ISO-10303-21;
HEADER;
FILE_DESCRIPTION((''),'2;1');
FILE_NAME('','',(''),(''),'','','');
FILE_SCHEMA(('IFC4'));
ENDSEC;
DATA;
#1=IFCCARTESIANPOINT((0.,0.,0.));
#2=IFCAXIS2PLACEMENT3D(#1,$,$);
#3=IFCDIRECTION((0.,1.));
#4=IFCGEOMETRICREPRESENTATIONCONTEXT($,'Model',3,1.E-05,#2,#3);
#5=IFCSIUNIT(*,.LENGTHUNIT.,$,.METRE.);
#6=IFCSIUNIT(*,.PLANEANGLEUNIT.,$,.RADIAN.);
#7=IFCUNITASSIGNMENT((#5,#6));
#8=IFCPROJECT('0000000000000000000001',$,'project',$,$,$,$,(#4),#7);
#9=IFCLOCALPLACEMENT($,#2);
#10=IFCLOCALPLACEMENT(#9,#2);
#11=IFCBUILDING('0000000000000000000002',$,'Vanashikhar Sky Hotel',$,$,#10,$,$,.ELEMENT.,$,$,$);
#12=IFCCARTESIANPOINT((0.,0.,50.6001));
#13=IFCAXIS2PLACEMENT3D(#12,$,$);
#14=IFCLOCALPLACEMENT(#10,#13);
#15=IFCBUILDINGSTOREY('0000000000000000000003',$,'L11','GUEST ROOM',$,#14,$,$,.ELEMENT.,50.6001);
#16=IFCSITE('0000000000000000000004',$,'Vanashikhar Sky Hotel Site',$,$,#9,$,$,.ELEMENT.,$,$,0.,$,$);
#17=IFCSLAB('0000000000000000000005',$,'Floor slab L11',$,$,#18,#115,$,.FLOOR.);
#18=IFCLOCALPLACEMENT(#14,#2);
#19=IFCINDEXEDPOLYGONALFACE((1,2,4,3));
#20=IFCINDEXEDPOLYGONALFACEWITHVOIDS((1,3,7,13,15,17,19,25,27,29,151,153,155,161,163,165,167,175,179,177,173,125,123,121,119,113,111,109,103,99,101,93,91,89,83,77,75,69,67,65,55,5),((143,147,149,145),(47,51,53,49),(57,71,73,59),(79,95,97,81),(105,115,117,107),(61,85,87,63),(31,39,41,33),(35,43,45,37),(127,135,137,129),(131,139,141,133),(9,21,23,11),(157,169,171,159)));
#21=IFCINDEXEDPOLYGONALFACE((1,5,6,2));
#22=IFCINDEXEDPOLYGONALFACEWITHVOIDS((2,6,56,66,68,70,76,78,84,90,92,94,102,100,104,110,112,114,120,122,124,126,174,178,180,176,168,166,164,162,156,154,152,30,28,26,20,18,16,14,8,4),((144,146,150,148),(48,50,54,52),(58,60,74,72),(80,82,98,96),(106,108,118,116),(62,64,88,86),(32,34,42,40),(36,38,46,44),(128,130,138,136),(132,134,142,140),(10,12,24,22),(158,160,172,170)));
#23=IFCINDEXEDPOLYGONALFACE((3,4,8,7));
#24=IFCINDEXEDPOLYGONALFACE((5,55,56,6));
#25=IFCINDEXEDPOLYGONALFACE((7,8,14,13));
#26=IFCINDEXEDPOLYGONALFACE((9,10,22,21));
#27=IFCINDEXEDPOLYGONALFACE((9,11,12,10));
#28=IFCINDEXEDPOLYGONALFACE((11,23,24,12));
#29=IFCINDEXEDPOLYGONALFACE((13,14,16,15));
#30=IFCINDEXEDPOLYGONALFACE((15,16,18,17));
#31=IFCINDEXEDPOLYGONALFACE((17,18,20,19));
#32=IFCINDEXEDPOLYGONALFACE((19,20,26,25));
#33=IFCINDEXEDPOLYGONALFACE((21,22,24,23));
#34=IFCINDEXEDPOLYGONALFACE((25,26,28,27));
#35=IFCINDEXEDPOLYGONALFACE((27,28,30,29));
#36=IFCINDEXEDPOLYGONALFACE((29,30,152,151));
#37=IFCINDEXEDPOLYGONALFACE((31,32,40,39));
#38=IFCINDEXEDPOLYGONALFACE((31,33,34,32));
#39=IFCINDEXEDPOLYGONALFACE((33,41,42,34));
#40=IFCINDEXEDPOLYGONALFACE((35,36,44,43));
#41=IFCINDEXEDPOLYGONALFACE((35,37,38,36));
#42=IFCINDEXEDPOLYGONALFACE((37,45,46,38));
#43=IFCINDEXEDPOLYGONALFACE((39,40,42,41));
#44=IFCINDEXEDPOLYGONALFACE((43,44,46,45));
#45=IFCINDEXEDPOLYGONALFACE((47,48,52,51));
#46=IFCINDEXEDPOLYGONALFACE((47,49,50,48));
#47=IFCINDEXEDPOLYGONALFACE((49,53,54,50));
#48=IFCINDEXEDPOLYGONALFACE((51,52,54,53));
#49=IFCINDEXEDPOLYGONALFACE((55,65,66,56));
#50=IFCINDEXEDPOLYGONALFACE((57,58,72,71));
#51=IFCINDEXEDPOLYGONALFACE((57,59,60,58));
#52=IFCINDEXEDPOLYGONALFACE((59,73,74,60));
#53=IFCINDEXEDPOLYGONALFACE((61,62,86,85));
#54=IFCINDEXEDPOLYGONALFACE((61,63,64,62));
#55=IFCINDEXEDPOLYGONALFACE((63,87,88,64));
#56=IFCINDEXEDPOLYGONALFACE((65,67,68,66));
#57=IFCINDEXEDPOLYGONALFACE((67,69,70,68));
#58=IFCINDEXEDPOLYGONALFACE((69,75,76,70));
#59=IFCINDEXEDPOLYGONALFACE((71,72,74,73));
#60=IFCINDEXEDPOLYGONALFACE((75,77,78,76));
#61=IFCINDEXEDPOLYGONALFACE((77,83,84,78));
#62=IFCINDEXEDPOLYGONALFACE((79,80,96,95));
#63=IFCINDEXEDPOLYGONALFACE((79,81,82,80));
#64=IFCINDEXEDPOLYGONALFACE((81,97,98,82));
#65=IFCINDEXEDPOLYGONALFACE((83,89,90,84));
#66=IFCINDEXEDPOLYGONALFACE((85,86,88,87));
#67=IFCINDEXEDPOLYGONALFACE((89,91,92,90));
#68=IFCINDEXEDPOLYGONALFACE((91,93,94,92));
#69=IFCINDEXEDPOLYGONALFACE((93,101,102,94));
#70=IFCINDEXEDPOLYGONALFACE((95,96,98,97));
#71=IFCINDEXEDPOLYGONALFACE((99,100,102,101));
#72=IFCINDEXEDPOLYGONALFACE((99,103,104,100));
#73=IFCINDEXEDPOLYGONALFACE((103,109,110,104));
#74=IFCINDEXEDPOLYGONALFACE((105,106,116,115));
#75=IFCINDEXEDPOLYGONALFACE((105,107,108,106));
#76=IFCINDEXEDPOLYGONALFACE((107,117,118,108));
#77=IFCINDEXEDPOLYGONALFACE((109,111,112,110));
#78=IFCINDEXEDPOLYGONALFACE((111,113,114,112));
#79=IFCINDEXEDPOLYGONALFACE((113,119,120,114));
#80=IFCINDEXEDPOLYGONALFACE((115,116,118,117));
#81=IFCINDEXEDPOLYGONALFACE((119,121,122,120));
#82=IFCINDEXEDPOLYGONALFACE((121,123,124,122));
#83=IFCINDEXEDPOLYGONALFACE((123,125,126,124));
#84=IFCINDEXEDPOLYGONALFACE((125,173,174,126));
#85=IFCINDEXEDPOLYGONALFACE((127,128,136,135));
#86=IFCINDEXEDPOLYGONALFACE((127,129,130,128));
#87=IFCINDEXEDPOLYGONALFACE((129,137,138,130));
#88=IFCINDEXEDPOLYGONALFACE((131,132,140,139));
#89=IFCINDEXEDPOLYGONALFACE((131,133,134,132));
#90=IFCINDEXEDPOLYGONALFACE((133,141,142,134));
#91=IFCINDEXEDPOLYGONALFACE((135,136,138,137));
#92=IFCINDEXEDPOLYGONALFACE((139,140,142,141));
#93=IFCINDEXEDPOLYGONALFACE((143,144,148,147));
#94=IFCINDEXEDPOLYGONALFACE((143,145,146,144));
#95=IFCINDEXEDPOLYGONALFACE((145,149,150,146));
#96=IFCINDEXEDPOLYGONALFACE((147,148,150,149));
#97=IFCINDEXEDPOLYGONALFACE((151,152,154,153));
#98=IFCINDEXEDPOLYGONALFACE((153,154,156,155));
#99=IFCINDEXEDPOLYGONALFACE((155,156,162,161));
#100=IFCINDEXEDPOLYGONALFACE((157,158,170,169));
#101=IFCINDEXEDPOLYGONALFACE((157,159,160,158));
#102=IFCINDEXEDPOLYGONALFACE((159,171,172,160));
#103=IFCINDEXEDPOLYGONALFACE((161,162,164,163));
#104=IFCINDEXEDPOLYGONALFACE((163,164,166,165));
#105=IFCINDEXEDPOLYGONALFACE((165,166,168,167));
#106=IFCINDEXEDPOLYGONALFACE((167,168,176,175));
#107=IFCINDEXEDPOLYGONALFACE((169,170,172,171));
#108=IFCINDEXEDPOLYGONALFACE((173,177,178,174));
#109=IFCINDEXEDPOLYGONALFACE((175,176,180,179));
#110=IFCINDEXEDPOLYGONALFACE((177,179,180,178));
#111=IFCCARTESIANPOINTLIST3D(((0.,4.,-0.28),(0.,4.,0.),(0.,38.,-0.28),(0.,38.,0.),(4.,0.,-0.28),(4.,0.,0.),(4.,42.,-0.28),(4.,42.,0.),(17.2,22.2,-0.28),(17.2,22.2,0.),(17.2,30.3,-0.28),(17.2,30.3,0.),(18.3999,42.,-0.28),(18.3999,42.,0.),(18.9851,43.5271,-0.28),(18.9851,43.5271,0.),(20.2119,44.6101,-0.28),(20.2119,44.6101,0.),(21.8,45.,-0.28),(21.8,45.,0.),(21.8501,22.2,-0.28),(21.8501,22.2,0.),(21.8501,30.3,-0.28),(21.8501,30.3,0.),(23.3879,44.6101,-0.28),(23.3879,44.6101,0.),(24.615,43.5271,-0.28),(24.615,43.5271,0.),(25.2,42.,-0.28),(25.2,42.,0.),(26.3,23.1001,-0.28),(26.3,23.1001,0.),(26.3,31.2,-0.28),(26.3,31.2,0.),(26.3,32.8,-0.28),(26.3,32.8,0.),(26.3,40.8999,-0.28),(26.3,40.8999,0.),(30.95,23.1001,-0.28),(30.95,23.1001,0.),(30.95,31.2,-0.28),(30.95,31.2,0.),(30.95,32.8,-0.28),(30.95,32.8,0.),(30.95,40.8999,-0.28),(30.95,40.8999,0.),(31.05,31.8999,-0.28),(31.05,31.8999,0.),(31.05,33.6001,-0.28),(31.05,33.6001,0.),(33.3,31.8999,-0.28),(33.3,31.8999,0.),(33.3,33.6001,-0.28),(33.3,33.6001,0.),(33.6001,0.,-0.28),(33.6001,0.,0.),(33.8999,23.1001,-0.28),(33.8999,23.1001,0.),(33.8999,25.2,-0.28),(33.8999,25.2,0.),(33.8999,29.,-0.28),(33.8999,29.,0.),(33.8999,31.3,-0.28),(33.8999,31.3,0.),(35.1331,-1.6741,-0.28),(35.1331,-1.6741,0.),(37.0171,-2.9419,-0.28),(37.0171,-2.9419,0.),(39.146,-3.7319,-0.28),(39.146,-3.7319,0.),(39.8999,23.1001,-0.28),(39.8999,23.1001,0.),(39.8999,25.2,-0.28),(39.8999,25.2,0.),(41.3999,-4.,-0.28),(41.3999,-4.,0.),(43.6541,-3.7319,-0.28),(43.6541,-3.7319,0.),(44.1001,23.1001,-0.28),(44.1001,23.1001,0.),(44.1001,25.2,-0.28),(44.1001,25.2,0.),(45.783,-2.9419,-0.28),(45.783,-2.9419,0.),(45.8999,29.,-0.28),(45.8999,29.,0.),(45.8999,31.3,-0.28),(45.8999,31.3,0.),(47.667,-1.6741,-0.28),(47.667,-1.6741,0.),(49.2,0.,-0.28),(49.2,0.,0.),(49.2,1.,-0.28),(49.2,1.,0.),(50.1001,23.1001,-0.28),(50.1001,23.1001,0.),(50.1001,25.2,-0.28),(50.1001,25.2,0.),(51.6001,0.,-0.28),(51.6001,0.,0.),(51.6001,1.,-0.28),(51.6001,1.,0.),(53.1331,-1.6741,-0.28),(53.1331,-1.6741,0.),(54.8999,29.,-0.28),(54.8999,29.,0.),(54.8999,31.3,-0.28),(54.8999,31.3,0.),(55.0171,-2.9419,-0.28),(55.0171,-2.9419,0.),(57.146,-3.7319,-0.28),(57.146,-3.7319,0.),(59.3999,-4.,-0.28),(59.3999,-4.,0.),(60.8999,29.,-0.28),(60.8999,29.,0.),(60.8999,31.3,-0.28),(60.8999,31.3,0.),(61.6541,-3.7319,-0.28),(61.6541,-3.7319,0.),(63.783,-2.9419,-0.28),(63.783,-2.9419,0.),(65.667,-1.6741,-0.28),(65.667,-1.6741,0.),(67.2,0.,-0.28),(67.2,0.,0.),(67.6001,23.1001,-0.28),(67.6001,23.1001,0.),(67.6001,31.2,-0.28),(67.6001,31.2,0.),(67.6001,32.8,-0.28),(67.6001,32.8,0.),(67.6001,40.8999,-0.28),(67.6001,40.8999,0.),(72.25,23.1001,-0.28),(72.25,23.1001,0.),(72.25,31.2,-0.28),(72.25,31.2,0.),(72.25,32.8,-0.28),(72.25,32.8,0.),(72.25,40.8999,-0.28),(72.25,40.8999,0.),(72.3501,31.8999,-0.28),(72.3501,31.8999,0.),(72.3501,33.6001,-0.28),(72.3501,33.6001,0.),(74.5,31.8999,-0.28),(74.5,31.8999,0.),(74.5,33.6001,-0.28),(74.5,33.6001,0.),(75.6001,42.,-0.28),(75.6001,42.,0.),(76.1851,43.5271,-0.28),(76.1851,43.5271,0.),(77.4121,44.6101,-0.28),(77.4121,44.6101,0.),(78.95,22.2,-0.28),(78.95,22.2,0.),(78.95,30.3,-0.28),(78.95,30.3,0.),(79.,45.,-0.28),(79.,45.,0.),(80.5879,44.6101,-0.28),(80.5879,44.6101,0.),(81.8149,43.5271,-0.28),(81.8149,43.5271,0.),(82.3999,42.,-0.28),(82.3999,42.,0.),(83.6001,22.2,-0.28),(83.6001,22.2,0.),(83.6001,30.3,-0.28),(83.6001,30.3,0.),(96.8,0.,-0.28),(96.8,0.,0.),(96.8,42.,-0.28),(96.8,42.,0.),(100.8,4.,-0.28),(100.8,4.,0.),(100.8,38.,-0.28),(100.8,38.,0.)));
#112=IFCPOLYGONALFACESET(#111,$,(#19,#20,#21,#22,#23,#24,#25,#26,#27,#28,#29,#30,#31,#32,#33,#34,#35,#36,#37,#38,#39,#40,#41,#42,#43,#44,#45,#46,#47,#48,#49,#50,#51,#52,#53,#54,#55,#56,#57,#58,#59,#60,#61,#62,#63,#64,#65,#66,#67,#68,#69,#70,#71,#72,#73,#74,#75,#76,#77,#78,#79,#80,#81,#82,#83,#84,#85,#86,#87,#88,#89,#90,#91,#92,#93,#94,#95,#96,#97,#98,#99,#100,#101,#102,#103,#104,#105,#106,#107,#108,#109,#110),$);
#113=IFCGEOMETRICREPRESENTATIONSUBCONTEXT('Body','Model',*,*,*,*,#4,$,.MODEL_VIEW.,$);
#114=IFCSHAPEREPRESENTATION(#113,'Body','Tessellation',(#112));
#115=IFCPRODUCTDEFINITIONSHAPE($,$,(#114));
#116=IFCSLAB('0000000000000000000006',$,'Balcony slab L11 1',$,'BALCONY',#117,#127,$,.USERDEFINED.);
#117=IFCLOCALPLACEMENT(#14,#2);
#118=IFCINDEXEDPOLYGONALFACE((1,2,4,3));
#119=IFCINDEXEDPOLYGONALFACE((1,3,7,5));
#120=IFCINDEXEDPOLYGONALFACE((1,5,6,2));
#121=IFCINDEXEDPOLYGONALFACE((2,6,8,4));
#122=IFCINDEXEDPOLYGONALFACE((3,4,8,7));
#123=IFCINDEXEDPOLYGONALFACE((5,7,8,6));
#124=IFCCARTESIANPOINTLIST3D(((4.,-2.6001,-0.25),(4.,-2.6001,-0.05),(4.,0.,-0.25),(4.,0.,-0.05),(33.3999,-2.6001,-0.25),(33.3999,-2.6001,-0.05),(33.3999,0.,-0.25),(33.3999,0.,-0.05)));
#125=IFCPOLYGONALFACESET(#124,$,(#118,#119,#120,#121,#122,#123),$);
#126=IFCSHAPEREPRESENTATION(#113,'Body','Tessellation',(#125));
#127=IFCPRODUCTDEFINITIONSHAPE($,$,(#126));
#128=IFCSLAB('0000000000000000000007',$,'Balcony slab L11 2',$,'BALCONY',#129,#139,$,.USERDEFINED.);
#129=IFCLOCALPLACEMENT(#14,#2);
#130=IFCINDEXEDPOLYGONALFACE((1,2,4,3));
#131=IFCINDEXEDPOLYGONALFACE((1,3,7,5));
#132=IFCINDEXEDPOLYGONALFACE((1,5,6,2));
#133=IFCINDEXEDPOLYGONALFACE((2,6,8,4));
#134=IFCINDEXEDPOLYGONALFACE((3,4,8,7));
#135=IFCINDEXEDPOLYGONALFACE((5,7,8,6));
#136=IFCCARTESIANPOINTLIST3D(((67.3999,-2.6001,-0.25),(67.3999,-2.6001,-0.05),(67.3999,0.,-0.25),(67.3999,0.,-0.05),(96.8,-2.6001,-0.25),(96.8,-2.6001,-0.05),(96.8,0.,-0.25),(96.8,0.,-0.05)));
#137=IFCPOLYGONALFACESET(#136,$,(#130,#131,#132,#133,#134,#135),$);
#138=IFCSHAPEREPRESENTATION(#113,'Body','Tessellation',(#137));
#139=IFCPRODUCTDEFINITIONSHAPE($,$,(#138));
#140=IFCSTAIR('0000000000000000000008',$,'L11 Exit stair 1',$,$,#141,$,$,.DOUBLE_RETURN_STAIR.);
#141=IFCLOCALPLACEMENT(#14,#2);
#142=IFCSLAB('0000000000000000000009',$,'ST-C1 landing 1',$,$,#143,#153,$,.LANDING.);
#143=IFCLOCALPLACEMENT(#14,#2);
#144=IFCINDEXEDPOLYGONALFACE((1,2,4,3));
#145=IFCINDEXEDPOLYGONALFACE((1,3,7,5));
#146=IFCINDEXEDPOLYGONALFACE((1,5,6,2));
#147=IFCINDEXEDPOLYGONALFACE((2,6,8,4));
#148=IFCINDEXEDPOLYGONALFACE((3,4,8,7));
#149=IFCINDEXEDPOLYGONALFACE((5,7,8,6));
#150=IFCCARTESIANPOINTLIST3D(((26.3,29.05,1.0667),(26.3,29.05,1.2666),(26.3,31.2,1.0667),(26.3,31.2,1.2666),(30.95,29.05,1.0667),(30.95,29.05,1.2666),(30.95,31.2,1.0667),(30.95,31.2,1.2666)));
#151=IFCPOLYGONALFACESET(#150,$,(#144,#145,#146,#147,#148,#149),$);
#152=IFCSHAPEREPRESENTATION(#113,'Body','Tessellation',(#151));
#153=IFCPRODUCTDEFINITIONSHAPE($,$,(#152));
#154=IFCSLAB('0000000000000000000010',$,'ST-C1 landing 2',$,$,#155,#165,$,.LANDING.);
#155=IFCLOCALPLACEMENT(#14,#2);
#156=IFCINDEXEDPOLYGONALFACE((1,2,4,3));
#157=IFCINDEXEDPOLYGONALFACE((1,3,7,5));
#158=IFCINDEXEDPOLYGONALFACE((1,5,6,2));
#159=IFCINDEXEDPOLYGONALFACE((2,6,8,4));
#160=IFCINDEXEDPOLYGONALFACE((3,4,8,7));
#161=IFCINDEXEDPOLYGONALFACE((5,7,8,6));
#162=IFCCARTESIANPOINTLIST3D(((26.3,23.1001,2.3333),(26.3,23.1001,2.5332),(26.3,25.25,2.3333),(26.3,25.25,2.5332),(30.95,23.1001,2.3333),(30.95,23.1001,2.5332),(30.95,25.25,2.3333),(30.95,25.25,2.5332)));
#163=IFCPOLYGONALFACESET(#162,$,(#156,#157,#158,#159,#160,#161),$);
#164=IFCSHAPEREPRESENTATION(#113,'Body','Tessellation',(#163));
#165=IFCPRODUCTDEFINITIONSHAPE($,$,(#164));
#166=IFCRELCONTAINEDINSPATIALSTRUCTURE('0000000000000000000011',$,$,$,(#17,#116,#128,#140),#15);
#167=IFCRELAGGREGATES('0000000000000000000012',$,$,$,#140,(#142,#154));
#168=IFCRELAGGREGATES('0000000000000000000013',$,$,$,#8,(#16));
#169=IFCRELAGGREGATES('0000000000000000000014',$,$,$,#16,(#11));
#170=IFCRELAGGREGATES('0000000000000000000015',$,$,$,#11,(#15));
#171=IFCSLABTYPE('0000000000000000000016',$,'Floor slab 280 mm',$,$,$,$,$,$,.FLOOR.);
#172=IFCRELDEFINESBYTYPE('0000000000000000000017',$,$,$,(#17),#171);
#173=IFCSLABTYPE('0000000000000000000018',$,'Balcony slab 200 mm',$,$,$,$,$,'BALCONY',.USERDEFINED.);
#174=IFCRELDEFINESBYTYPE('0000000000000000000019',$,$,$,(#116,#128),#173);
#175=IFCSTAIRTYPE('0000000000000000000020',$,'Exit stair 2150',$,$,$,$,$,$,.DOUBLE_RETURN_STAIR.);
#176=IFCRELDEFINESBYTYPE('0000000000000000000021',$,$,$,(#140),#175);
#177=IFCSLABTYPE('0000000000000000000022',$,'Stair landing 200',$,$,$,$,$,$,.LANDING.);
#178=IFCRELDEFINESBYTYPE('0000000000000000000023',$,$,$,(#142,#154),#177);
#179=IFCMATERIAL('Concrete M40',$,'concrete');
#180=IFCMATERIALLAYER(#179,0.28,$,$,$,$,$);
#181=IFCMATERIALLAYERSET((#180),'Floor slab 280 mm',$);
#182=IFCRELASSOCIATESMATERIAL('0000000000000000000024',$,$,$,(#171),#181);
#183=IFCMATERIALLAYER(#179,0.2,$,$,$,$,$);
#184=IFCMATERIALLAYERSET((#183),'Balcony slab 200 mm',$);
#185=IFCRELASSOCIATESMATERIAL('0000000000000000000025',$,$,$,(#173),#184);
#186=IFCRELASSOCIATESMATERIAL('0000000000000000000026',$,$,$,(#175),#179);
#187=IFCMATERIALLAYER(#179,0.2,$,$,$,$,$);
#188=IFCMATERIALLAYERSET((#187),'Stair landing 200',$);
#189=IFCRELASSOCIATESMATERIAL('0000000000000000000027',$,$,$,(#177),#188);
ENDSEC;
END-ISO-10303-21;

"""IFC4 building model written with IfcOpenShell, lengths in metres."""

from ifc_helpers import new_model, si_unit, direction, frame, origin, place, context, subcontext, project, spatial, polyline, outline, extrude, source, transform, mapped, material, layer, layer_set, type_object, element, aggregate, save


model = new_model("IFC4")

# Units and contexts
model_context = context("Model", 3, precision=1e-05, world=origin(), true_north=direction((0.0, 1.0)))
body_context = subcontext(model_context, "Body", "Model", "MODEL_VIEW")
ifc_project = project(units=[si_unit("LENGTHUNIT", "METRE"), si_unit("PLANEANGLEUNIT", "RADIAN")], contexts=[model_context])

# Site, building, storey
site_placement = place(None, origin())
site = spatial("IfcSite", under=ifc_project, at=site_placement, Name="Vanashikhar Sky Hotel Site", CompositionType="ELEMENT", RefElevation=0.0)
building_placement = place(site_placement, origin())
building = spatial("IfcBuilding", under=site, at=building_placement, Name="Vanashikhar Sky Hotel", CompositionType="ELEMENT")
storey_placement = place(building_placement, frame((0.0, 0.0, 50.6001)))
storey = spatial("IfcBuildingStorey", under=building, at=storey_placement, Name="L11", Description="GUEST ROOM", CompositionType="ELEMENT", Elevation=50.6001)

# Slabs
ifc_material_1 = material(Name="Concrete M40", Category="concrete")
ifc_layer_1 = layer(ifc_material_1, 0.28)
ifc_layer_set_1 = layer_set([ifc_layer_1], Name="Floor slab 280 mm")
slab_type_1 = type_object("IfcSlabType", Name="Floor slab 280 mm", PredefinedType="FLOOR", material=ifc_layer_set_1)
shared_shape_1 = source(origin(), body_context, "Body", "SweptSolid", [
    extrude(outline(polyline([(49.2, 0.0), (49.2, 1.0), (51.6001, 1.0), (51.6001, 0.0), (53.1331, -1.6741), (55.0171, -2.9419), (57.146, -3.7319), (59.3999, -4.0), (61.6541, -3.7319), (63.783, -2.9419), (65.667, -1.6741), (67.2, 0.0), (96.8, 0.0), (100.8, 4.0), (100.8, 38.0), (96.8, 42.0), (82.3999, 42.0), (81.8149, 43.5271), (80.5879, 44.6101), (79.0, 45.0), (77.4121, 44.6101), (76.1851, 43.5271), (75.6001, 42.0), (25.2, 42.0), (24.615, 43.5271), (23.3879, 44.6101), (21.8, 45.0), (20.2119, 44.6101), (18.9851, 43.5271), (18.3999, 42.0), (4.0, 42.0), (0.0, 38.0), (0.0, 4.0), (4.0, 0.0), (33.6001, 0.0), (35.1331, -1.6741), (37.0171, -2.9419), (39.146, -3.7319), (41.3999, -4.0), (43.6541, -3.7319), (45.783, -2.9419), (47.667, -1.6741), (49.2, 0.0)]), holes=[polyline([(33.3, 33.6001), (31.05, 33.6001), (31.05, 31.8999), (33.3, 31.8999), (33.3, 33.6001)]), polyline([(33.8999, 25.2), (33.8999, 23.1001), (39.8999, 23.1001), (39.8999, 25.2), (33.8999, 25.2)]), polyline([(33.8999, 31.3), (33.8999, 29.0), (45.8999, 29.0), (45.8999, 31.3), (33.8999, 31.3)]), polyline([(44.1001, 25.2), (44.1001, 23.1001), (50.1001, 23.1001), (50.1001, 25.2), (44.1001, 25.2)]), polyline([(54.8999, 31.3), (54.8999, 29.0), (60.8999, 29.0), (60.8999, 31.3), (54.8999, 31.3)]), polyline([(74.5, 33.6001), (72.3501, 33.6001), (72.3501, 31.8999), (74.5, 31.8999), (74.5, 33.6001)]), polyline([(30.95, 23.1001), (30.95, 31.2), (26.3, 31.2), (26.3, 23.1001), (30.95, 23.1001)]), polyline([(72.25, 23.1001), (72.25, 31.2), (67.6001, 31.2), (67.6001, 23.1001), (72.25, 23.1001)]), polyline([(30.95, 32.8), (30.95, 40.8999), (26.3, 40.8999), (26.3, 32.8), (30.95, 32.8)]), polyline([(72.25, 32.8), (72.25, 40.8999), (67.6001, 40.8999), (67.6001, 32.8), (72.25, 32.8)]), polyline([(83.6001, 22.2), (83.6001, 30.3), (78.95, 30.3), (78.95, 22.2), (83.6001, 22.2)]), polyline([(21.8501, 22.2), (21.8501, 30.3), (17.2, 30.3), (17.2, 22.2), (21.8501, 22.2)])]), origin(), (0.0, 0.0, 1.0), 0.28),
])
slab_1_placement = place(storey_placement, frame((0.0, 0.0, -0.28)))
element("IfcSlab", 1, at=slab_1_placement, inside=storey, type_object=slab_type_1, Name="Floor slab L11", PredefinedType="FLOOR", context=body_context, shape_type="MappedRepresentation", body=[
    mapped(shared_shape_1, transform((0.0, 0.0, 0.0), scale=1.0)),
])
ifc_layer_2 = layer(ifc_material_1, 0.2)
ifc_layer_set_2 = layer_set([ifc_layer_2], Name="Balcony slab 200 mm")
slab_type_2 = type_object("IfcSlabType", Name="Balcony slab 200 mm", ElementType="BALCONY", PredefinedType="USERDEFINED", material=ifc_layer_set_2)
shared_shape_2 = source(origin(), body_context, "Body", "SweptSolid", [
    extrude(outline(polyline([(4.0, -2.6001), (33.3999, -2.6001), (33.3999, 0.0), (4.0, 0.0), (4.0, -2.6001)])), origin(), (0.0, 0.0, 1.0), 0.2),
])
slab_2_placement = place(storey_placement, frame((0.0, 0.0, -0.25)))
element("IfcSlab", 2, at=slab_2_placement, inside=storey, type_object=slab_type_2, Name="Balcony slab L11 1", ObjectType="BALCONY", PredefinedType="USERDEFINED", context=body_context, shape_type="MappedRepresentation", body=[
    mapped(shared_shape_2, transform((0.0, 0.0, 0.0), scale=1.0)),
])
shared_shape_3 = source(origin(), body_context, "Body", "SweptSolid", [
    extrude(outline(polyline([(67.3999, -2.6001), (96.8, -2.6001), (96.8, 0.0), (67.3999, 0.0), (67.3999, -2.6001)])), origin(), (0.0, 0.0, 1.0), 0.2),
])
slab_3_placement = place(storey_placement, frame((0.0, 0.0, -0.25)))
element("IfcSlab", 3, at=slab_3_placement, inside=storey, type_object=slab_type_2, Name="Balcony slab L11 2", ObjectType="BALCONY", PredefinedType="USERDEFINED", context=body_context, shape_type="MappedRepresentation", body=[
    mapped(shared_shape_3, transform((0.0, 0.0, 0.0), scale=1.0)),
])

# Stair, slabs
stair_type = type_object("IfcStairType", Name="Exit stair 2150", PredefinedType="DOUBLE_RETURN_STAIR", material=ifc_material_1)
stair_1_placement = place(storey_placement, origin())
stair_1 = element("IfcStair", 4, at=stair_1_placement, inside=storey, type_object=stair_type, Name="L11 Exit stair 1", PredefinedType="DOUBLE_RETURN_STAIR")
ifc_layer_3 = layer(ifc_material_1, 0.2)
ifc_layer_set_3 = layer_set([ifc_layer_3], Name="Stair landing 200")
slab_type_3 = type_object("IfcSlabType", Name="Stair landing 200", PredefinedType="LANDING", material=ifc_layer_set_3)
shared_shape_4 = source(origin(), body_context, "Body", "SweptSolid", [
    extrude(outline(polyline([(30.95, 29.05), (30.95, 31.2), (26.3, 31.2), (26.3, 29.05), (30.95, 29.05)])), origin(), (0.0, 0.0, 1.0), 0.2),
])
slab_4_placement = place(storey_placement, frame((0.0, 0.0, 1.0667)))
slab_4 = element("IfcSlab", 5, at=slab_4_placement, type_object=slab_type_3, Name="ST-C1 landing 1", PredefinedType="LANDING", context=body_context, shape_type="MappedRepresentation", body=[
    mapped(shared_shape_4, transform((0.0, 0.0, 0.0), scale=1.0)),
])
shared_shape_5 = source(origin(), body_context, "Body", "SweptSolid", [
    extrude(outline(polyline([(30.95, 23.1001), (30.95, 25.25), (26.3, 25.25), (26.3, 23.1001), (30.95, 23.1001)])), origin(), (0.0, 0.0, 1.0), 0.2),
])
slab_5_placement = place(storey_placement, frame((0.0, 0.0, 2.3333)))
slab_5 = element("IfcSlab", 6, at=slab_5_placement, type_object=slab_type_3, Name="ST-C1 landing 2", PredefinedType="LANDING", context=body_context, shape_type="MappedRepresentation", body=[
    mapped(shared_shape_5, transform((0.0, 0.0, 0.0), scale=1.0)),
])
aggregate(stair_1, [slab_4, slab_5])

save(model, "model.ifc")
